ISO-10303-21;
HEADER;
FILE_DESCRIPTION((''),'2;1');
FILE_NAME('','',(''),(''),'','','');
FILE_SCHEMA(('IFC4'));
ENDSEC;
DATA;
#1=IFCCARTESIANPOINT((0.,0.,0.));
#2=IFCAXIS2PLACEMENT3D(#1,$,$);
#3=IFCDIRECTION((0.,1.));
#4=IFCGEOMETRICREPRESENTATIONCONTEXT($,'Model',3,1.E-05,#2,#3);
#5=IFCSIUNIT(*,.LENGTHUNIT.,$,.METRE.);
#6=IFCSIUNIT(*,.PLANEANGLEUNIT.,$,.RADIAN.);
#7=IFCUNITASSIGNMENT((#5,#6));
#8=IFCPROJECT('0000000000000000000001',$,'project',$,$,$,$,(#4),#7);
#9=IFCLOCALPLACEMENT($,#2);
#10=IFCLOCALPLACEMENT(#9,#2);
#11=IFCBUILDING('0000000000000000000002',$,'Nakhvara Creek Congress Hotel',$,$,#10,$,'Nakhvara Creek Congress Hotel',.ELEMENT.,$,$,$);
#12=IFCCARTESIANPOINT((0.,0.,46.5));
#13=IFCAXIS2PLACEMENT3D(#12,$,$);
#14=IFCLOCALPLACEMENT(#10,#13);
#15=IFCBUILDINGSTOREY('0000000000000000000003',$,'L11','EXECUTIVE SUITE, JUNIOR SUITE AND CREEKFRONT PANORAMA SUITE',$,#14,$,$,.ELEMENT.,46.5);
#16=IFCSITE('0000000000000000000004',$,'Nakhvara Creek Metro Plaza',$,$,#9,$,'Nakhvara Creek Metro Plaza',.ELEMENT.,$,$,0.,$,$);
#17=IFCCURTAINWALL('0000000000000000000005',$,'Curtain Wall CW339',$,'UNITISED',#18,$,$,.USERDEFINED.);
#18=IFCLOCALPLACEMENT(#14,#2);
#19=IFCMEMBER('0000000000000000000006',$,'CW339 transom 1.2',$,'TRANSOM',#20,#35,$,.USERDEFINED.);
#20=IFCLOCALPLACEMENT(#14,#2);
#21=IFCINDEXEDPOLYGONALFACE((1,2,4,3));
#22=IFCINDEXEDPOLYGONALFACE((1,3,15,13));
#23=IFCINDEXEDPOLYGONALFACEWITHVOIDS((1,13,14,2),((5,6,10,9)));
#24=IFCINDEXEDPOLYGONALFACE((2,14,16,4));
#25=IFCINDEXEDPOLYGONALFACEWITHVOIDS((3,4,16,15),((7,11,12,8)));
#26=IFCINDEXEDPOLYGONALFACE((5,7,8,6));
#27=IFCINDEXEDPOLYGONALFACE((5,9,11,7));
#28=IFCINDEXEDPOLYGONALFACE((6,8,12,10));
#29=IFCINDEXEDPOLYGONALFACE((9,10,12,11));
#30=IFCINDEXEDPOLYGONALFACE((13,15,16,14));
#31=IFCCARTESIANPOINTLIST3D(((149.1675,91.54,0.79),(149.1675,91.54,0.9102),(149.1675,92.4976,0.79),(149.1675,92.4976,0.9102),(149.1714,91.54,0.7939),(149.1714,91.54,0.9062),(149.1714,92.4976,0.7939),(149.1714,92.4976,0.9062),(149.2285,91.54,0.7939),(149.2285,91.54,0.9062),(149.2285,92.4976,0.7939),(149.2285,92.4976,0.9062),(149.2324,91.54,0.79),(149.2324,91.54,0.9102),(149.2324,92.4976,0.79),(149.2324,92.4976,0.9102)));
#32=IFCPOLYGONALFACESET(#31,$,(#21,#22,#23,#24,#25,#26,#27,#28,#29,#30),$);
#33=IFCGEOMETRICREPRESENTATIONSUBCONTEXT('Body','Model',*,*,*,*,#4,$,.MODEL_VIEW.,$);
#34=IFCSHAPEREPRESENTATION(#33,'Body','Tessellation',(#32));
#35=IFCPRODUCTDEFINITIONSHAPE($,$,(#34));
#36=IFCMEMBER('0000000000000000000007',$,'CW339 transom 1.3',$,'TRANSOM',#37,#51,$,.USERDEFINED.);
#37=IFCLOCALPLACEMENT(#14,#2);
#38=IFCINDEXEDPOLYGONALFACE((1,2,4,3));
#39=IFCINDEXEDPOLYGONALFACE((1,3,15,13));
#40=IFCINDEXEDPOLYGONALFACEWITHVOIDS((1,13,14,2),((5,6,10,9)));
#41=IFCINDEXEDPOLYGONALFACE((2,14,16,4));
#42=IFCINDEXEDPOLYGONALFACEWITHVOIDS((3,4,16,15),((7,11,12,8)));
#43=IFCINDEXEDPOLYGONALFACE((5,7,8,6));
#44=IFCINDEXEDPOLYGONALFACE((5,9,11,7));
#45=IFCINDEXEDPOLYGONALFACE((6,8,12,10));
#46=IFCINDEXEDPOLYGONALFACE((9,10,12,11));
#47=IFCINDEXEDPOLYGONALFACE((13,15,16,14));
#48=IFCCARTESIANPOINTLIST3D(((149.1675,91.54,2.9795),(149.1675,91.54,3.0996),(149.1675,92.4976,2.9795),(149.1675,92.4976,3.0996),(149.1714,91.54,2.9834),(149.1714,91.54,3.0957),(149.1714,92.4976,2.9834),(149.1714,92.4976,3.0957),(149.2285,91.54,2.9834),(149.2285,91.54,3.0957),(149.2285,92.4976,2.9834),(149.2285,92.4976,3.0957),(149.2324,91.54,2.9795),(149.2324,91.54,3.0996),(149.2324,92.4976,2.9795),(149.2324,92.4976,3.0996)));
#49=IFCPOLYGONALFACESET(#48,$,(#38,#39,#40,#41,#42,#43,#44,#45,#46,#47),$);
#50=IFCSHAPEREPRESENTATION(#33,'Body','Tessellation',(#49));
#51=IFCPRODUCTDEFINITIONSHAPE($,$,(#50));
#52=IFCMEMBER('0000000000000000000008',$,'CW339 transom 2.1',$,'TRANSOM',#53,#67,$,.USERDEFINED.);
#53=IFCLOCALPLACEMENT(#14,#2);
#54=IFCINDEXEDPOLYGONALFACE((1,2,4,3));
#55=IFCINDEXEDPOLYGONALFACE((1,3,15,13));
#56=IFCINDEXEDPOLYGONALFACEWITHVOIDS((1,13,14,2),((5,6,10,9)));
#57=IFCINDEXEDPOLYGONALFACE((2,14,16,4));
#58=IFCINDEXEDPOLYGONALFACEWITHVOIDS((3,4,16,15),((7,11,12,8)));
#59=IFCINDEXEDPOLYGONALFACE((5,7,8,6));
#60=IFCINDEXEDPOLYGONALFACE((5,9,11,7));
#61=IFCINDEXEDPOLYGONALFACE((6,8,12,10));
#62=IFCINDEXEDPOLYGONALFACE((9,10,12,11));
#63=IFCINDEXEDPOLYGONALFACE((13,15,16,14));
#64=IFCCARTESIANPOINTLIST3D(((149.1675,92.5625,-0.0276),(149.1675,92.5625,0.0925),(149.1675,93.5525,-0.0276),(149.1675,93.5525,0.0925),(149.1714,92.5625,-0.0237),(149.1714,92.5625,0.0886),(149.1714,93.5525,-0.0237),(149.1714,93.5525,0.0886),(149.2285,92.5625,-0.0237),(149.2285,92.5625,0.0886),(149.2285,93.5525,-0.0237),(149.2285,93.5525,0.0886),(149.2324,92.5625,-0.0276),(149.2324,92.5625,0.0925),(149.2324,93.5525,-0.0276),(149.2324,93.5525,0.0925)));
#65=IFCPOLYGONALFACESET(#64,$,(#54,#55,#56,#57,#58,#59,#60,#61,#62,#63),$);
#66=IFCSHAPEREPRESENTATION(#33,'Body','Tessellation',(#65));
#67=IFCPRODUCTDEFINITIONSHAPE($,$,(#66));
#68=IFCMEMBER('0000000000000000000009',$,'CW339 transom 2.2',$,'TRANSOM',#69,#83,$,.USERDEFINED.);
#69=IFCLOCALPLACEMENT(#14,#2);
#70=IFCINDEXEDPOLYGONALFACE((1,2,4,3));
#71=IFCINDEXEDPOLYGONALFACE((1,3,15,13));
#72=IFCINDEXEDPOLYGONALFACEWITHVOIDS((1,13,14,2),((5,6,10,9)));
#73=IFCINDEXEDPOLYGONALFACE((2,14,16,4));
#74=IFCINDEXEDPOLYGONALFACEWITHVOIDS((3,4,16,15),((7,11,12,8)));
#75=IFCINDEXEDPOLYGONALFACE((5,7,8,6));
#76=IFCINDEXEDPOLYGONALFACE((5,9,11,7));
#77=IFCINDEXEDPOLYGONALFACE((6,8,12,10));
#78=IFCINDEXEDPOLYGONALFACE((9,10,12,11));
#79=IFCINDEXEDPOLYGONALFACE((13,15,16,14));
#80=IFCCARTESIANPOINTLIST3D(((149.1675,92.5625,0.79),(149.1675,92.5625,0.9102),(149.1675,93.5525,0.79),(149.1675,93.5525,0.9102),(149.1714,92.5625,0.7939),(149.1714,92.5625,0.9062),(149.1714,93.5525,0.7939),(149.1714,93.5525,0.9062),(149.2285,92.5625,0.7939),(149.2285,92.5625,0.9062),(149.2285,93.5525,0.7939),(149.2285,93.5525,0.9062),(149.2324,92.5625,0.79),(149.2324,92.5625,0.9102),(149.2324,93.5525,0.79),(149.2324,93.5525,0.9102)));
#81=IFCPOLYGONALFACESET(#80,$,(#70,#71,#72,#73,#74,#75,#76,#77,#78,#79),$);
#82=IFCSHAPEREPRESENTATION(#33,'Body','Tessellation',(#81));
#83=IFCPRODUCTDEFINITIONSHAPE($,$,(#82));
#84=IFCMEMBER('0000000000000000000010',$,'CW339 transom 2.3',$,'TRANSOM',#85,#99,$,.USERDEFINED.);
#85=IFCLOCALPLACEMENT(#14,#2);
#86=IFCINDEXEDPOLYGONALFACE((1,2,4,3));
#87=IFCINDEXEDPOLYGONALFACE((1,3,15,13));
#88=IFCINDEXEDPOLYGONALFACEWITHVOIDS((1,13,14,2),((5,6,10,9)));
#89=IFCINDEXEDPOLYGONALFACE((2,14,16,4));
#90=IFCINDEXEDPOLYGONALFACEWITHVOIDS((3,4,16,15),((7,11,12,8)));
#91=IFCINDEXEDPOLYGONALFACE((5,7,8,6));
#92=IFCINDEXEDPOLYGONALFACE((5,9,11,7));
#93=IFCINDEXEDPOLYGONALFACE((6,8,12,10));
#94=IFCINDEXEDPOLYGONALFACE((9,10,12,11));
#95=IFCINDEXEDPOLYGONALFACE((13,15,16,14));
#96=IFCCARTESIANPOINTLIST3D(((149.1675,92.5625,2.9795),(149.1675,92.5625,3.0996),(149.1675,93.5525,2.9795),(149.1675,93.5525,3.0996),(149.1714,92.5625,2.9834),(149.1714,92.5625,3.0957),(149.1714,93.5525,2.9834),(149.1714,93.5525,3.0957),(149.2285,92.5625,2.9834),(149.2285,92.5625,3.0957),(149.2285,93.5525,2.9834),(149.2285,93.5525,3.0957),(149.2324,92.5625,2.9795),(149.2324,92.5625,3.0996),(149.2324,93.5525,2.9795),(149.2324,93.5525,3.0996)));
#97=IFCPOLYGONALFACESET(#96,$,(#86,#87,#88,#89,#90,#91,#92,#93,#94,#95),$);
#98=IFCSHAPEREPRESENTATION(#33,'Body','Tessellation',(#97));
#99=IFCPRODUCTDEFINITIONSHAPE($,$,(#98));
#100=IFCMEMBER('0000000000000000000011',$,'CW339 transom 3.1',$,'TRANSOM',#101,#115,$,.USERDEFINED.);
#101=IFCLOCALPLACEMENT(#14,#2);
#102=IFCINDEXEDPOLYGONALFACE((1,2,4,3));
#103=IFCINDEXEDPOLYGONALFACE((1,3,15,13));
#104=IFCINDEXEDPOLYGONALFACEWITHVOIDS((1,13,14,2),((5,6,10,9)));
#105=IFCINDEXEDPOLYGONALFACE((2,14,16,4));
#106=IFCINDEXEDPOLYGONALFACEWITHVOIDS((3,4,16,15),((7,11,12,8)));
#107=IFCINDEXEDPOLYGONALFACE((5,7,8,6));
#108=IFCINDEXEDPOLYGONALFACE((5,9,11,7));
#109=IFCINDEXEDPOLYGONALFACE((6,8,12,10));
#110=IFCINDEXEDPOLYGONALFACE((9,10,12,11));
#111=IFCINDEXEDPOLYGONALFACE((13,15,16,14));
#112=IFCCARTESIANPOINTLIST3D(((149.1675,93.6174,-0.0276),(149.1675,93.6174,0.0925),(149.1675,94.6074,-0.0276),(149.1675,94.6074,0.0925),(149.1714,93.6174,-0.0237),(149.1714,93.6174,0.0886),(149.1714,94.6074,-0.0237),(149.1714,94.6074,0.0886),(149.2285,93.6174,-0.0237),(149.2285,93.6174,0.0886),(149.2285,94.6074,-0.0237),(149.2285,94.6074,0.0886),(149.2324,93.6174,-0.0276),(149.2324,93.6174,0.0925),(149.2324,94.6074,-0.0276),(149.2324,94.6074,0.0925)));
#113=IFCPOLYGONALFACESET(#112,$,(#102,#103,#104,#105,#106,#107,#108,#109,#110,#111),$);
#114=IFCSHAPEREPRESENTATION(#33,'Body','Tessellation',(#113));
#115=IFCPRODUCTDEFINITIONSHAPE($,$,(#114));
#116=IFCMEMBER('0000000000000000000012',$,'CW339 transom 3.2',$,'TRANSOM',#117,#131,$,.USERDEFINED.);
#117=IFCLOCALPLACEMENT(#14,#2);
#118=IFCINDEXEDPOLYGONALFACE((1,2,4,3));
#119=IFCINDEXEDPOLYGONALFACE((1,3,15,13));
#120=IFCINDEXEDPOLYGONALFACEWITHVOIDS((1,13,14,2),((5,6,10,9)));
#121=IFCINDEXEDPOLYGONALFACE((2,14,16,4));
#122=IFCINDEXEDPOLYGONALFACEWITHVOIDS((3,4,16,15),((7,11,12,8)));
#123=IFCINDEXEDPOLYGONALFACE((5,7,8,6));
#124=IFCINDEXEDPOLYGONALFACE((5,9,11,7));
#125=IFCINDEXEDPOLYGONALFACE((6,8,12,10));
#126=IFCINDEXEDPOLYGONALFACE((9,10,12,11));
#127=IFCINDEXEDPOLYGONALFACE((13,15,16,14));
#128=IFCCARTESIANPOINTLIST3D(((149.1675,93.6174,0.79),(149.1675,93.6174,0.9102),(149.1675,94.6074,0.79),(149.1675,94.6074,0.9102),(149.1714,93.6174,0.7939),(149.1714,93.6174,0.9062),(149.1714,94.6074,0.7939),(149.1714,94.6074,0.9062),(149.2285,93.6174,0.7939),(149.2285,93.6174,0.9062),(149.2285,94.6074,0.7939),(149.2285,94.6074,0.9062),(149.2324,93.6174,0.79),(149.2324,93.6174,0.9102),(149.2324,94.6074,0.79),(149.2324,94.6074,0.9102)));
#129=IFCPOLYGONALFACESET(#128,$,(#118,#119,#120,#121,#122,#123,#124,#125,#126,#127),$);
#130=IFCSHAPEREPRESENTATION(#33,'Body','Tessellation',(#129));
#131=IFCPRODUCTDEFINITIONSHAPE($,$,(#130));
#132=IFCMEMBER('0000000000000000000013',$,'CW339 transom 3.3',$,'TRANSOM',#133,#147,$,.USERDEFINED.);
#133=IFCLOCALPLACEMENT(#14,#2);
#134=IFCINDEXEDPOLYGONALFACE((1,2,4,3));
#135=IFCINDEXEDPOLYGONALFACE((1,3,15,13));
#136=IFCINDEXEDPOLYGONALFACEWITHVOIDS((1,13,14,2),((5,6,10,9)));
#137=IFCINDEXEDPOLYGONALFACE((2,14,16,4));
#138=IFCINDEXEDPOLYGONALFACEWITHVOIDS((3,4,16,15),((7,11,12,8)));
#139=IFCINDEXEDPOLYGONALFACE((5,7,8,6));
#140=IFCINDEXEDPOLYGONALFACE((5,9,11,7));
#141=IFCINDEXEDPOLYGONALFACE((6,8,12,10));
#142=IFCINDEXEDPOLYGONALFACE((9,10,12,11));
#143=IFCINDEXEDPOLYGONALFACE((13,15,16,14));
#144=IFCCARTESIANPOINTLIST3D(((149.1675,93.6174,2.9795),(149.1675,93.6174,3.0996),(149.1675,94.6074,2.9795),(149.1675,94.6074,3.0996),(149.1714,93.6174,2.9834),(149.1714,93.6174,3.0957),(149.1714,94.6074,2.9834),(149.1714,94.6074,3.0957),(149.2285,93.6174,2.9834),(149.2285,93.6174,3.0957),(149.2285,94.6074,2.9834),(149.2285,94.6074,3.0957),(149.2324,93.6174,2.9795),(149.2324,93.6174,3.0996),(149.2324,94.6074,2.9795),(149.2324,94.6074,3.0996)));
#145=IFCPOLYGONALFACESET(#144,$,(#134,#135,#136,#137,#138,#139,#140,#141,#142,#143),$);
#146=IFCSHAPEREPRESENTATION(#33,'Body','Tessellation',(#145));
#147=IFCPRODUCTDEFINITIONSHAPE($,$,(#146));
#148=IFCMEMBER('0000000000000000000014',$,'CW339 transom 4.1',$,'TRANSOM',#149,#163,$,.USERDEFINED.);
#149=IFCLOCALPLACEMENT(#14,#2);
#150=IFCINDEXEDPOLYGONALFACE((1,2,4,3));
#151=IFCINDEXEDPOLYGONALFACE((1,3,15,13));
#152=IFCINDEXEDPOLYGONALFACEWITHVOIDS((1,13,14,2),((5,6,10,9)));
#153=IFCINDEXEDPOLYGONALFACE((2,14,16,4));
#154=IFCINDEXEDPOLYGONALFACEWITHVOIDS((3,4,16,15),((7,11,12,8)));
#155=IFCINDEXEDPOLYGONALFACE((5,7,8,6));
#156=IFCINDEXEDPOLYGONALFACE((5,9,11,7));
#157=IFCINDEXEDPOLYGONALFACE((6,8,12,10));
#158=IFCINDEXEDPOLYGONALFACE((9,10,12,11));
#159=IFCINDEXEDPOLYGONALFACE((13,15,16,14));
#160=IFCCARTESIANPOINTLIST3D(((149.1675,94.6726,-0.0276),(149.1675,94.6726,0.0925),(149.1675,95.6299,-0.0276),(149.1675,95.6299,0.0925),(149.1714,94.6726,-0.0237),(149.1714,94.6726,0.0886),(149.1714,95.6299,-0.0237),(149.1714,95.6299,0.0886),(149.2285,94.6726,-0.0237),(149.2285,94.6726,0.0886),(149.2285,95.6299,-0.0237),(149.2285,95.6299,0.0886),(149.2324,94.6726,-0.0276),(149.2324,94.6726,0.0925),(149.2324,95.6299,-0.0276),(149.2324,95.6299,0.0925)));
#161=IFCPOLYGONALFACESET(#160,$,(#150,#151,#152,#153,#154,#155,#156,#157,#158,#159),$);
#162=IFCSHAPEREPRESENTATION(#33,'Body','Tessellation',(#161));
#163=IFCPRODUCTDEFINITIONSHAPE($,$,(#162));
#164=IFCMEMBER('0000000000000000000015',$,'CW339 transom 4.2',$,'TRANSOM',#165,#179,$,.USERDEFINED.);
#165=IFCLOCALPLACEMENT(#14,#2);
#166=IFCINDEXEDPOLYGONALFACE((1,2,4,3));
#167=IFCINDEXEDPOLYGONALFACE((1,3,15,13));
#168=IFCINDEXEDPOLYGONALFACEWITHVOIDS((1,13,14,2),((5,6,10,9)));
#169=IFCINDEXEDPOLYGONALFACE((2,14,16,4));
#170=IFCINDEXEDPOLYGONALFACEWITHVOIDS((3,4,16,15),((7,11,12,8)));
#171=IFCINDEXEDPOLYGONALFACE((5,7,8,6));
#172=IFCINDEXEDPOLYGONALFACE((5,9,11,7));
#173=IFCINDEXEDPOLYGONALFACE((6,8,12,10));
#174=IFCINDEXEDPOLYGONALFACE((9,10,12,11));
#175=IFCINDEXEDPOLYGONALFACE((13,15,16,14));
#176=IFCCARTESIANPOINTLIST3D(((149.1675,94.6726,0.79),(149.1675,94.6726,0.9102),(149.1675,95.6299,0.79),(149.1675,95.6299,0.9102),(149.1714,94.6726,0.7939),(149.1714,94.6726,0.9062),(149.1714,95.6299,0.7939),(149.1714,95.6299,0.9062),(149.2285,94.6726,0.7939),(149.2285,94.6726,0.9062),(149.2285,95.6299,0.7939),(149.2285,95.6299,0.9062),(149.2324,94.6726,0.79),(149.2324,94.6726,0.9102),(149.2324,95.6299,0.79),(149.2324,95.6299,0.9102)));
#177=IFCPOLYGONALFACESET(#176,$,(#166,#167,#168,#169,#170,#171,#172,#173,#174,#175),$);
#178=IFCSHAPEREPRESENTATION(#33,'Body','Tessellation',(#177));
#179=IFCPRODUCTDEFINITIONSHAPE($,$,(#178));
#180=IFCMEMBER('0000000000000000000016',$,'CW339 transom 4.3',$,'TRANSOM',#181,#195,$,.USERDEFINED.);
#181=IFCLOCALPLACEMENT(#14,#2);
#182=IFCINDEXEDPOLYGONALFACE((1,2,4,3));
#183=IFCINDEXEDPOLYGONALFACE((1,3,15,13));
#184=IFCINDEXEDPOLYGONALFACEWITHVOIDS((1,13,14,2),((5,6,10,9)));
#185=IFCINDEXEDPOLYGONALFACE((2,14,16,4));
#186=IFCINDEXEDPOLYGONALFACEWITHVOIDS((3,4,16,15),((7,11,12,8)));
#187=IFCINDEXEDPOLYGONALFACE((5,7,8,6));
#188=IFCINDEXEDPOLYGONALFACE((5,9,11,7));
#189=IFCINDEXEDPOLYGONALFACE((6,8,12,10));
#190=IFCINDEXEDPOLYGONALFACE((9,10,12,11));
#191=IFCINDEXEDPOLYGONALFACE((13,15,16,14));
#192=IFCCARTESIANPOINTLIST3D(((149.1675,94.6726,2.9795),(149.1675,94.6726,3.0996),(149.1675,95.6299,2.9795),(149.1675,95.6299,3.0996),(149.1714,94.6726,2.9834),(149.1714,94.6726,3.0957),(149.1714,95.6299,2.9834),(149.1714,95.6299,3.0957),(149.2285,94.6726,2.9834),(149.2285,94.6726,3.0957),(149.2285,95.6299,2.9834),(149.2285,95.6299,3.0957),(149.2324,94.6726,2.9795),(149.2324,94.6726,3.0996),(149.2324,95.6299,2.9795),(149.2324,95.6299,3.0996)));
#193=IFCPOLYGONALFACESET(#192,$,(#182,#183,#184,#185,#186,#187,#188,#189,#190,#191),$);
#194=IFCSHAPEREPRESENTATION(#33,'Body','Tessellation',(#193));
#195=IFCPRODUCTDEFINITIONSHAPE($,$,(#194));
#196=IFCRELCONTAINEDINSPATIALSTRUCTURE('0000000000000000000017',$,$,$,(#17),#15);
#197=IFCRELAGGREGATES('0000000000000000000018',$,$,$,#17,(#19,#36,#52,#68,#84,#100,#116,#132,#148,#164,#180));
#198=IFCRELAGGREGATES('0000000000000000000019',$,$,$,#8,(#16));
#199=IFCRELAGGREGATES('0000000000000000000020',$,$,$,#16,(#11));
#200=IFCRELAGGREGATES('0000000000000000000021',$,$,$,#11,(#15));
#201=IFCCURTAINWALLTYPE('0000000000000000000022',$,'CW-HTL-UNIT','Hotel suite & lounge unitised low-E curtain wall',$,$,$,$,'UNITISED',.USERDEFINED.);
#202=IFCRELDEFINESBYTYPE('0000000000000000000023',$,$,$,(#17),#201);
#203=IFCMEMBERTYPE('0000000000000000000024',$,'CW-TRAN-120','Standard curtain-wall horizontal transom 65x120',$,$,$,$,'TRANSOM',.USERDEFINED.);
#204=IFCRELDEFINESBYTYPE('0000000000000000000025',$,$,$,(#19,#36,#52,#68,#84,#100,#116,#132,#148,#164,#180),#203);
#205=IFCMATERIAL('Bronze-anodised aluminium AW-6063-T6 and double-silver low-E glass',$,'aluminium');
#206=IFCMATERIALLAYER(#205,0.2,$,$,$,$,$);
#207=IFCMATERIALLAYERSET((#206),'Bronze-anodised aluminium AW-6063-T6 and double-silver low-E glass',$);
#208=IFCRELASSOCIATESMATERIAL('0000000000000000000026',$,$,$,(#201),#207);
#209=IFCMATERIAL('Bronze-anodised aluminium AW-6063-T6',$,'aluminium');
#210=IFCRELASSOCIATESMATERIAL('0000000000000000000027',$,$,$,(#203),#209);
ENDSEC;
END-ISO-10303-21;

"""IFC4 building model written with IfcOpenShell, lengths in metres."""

from ifc_helpers import new_model, si_unit, direction, frame, origin, origin_2d, place, context, subcontext, project, spatial, hollow_rectangle, extrude, material, layer, layer_set, material_profile, profile_set, type_object, element, aggregate, save


model = new_model("IFC4")

# Units and contexts
model_context = context("Model", 3, precision=1e-05, world=origin(), true_north=direction((0.0, 1.0)))
body_context = subcontext(model_context, "Body", "Model", "MODEL_VIEW")
ifc_project = project(units=[si_unit("LENGTHUNIT", "METRE"), si_unit("PLANEANGLEUNIT", "RADIAN")], contexts=[model_context])

# Site, building, storey
site_placement = place(None, origin())
site = spatial("IfcSite", under=ifc_project, at=site_placement, Name="Nakhvara Creek Metro Plaza", LongName="Nakhvara Creek Metro Plaza", CompositionType="ELEMENT", RefElevation=0.0)
building_placement = place(site_placement, origin())
building = spatial("IfcBuilding", under=site, at=building_placement, Name="Nakhvara Creek Congress Hotel", LongName="Nakhvara Creek Congress Hotel", CompositionType="ELEMENT")
storey_placement = place(building_placement, frame((0.0, 0.0, 46.5)))
storey = spatial("IfcBuildingStorey", under=building, at=storey_placement, Name="L11", Description="EXECUTIVE SUITE, JUNIOR SUITE AND CREEKFRONT PANORAMA SUITE", CompositionType="ELEMENT", Elevation=46.5)

# Curtain wall
ifc_material_1 = material(Name="Bronze-anodised aluminium AW-6063-T6 and double-silver low-E glass", Category="aluminium")
ifc_layer = layer(ifc_material_1, 0.2)
ifc_layer_set = layer_set([ifc_layer], Name="Bronze-anodised aluminium AW-6063-T6 and double-silver low-E glass")
curtain_wall_type = type_object("IfcCurtainWallType", Name="CW-HTL-UNIT", Description="Hotel suite & lounge unitised low-E curtain wall", ElementType="UNITISED", PredefinedType="USERDEFINED", material=ifc_layer_set)
ifc_material_2 = material(Name="Bronze-anodised aluminium AW-6063-T6", Category="aluminium")
curtain_wall_1_placement = place(storey_placement, origin())
curtain_wall_1 = element("IfcCurtainWall", 1, at=curtain_wall_1_placement, inside=storey, type_object=curtain_wall_type, Name="Curtain Wall CW339", ObjectType="UNITISED", PredefinedType="USERDEFINED")

# Members
ifc_material_profile_1 = material_profile(ifc_material_2, hollow_rectangle(XDim=0.0649, YDim=0.1201, WallThickness=0.0039, at=origin_2d()), Name="ALU-TRAN 65x120x4", Category="LoadBearing")
ifc_profile_set_1 = profile_set([ifc_material_profile_1], Name="Bronze-anodised aluminium AW-6063-T6")
member_type_1 = type_object("IfcMemberType", Name="CW-TRAN-120", Description="Standard curtain-wall horizontal transom 65x120", ElementType="TRANSOM", PredefinedType="USERDEFINED", material=ifc_profile_set_1)
member_1_placement = place(storey_placement, frame((149.2, 91.54, 0.8501), z_axis=(0.0, 1.0, 0.0), x_axis=(-1.0, 0.0, 0.0)))
member_1 = element("IfcMember", 2, at=member_1_placement, type_object=member_type_1, Name="CW339 transom 1.2", ObjectType="TRANSOM", PredefinedType="USERDEFINED", context=body_context, shape_type="SweptSolid", body=[
    extrude(hollow_rectangle(XDim=0.0649, YDim=0.1201, WallThickness=0.0039, at=origin_2d()), origin(), (0.0, 0.0, 1.0), 0.9575),
])
member_2_placement = place(storey_placement, frame((149.2, 91.54, 3.0396), z_axis=(0.0, 1.0, 0.0), x_axis=(-1.0, 0.0, 0.0)))
member_2 = element("IfcMember", 3, at=member_2_placement, type_object=member_type_1, Name="CW339 transom 1.3", ObjectType="TRANSOM", PredefinedType="USERDEFINED", context=body_context, shape_type="SweptSolid", body=[
    extrude(hollow_rectangle(XDim=0.0649, YDim=0.1201, WallThickness=0.0039, at=origin_2d()), origin(), (0.0, 0.0, 1.0), 0.9575),
])
member_3_placement = place(storey_placement, frame((149.2, 92.5625, 0.0325), z_axis=(0.0, 1.0, 0.0), x_axis=(-1.0, 0.0, 0.0)))
member_3 = element("IfcMember", 4, at=member_3_placement, type_object=member_type_1, Name="CW339 transom 2.1", ObjectType="TRANSOM", PredefinedType="USERDEFINED", context=body_context, shape_type="SweptSolid", body=[
    extrude(hollow_rectangle(XDim=0.0649, YDim=0.1201, WallThickness=0.0039, at=origin_2d()), origin(), (0.0, 0.0, 1.0), 0.99),
])
member_4_placement = place(storey_placement, frame((149.2, 92.5625, 0.8501), z_axis=(0.0, 1.0, 0.0), x_axis=(-1.0, 0.0, 0.0)))
member_4 = element("IfcMember", 5, at=member_4_placement, type_object=member_type_1, Name="CW339 transom 2.2", ObjectType="TRANSOM", PredefinedType="USERDEFINED", context=body_context, shape_type="SweptSolid", body=[
    extrude(hollow_rectangle(XDim=0.0649, YDim=0.1201, WallThickness=0.0039, at=origin_2d()), origin(), (0.0, 0.0, 1.0), 0.99),
])
member_5_placement = place(storey_placement, frame((149.2, 92.5625, 3.0396), z_axis=(0.0, 1.0, 0.0), x_axis=(-1.0, 0.0, 0.0)))
member_5 = element("IfcMember", 6, at=member_5_placement, type_object=member_type_1, Name="CW339 transom 2.3", ObjectType="TRANSOM", PredefinedType="USERDEFINED", context=body_context, shape_type="SweptSolid", body=[
    extrude(hollow_rectangle(XDim=0.0649, YDim=0.1201, WallThickness=0.0039, at=origin_2d()), origin(), (0.0, 0.0, 1.0), 0.99),
])
member_6_placement = place(storey_placement, frame((149.2, 93.6174, 0.0325), z_axis=(0.0, 1.0, 0.0), x_axis=(-1.0, 0.0, 0.0)))
member_6 = element("IfcMember", 7, at=member_6_placement, type_object=member_type_1, Name="CW339 transom 3.1", ObjectType="TRANSOM", PredefinedType="USERDEFINED", context=body_context, shape_type="SweptSolid", body=[
    extrude(hollow_rectangle(XDim=0.0649, YDim=0.1201, WallThickness=0.0039, at=origin_2d()), origin(), (0.0, 0.0, 1.0), 0.99),
])
member_7_placement = place(storey_placement, frame((149.2, 93.6174, 0.8501), z_axis=(0.0, 1.0, 0.0), x_axis=(-1.0, 0.0, 0.0)))
member_7 = element("IfcMember", 8, at=member_7_placement, type_object=member_type_1, Name="CW339 transom 3.2", ObjectType="TRANSOM", PredefinedType="USERDEFINED", context=body_context, shape_type="SweptSolid", body=[
    extrude(hollow_rectangle(XDim=0.0649, YDim=0.1201, WallThickness=0.0039, at=origin_2d()), origin(), (0.0, 0.0, 1.0), 0.99),
])
member_8_placement = place(storey_placement, frame((149.2, 93.6174, 3.0396), z_axis=(0.0, 1.0, 0.0), x_axis=(-1.0, 0.0, 0.0)))
member_8 = element("IfcMember", 9, at=member_8_placement, type_object=member_type_1, Name="CW339 transom 3.3", ObjectType="TRANSOM", PredefinedType="USERDEFINED", context=body_context, shape_type="SweptSolid", body=[
    extrude(hollow_rectangle(XDim=0.0649, YDim=0.1201, WallThickness=0.0039, at=origin_2d()), origin(), (0.0, 0.0, 1.0), 0.99),
])
member_9_placement = place(storey_placement, frame((149.2, 94.6726, 0.0325), z_axis=(0.0, 1.0, 0.0), x_axis=(-1.0, 0.0, 0.0)))
member_9 = element("IfcMember", 10, at=member_9_placement, type_object=member_type_1, Name="CW339 transom 4.1", ObjectType="TRANSOM", PredefinedType="USERDEFINED", context=body_context, shape_type="SweptSolid", body=[
    extrude(hollow_rectangle(XDim=0.0649, YDim=0.1201, WallThickness=0.0039, at=origin_2d()), origin(), (0.0, 0.0, 1.0), 0.9573),
])
member_10_placement = place(storey_placement, frame((149.2, 94.6726, 0.8501), z_axis=(0.0, 1.0, 0.0), x_axis=(-1.0, 0.0, 0.0)))
member_10 = element("IfcMember", 11, at=member_10_placement, type_object=member_type_1, Name="CW339 transom 4.2", ObjectType="TRANSOM", PredefinedType="USERDEFINED", context=body_context, shape_type="SweptSolid", body=[
    extrude(hollow_rectangle(XDim=0.0649, YDim=0.1201, WallThickness=0.0039, at=origin_2d()), origin(), (0.0, 0.0, 1.0), 0.9573),
])
member_11_placement = place(storey_placement, frame((149.2, 94.6726, 3.0396), z_axis=(0.0, 1.0, 0.0), x_axis=(-1.0, 0.0, 0.0)))
member_11 = element("IfcMember", 12, at=member_11_placement, type_object=member_type_1, Name="CW339 transom 4.3", ObjectType="TRANSOM", PredefinedType="USERDEFINED", context=body_context, shape_type="SweptSolid", body=[
    extrude(hollow_rectangle(XDim=0.0649, YDim=0.1201, WallThickness=0.0039, at=origin_2d()), origin(), (0.0, 0.0, 1.0), 0.9573),
])

aggregate(curtain_wall_1, [member_1, member_2, member_3, member_4, member_5, member_6, member_7, member_8, member_9, member_10, member_11])

save(model, "model.ifc")
